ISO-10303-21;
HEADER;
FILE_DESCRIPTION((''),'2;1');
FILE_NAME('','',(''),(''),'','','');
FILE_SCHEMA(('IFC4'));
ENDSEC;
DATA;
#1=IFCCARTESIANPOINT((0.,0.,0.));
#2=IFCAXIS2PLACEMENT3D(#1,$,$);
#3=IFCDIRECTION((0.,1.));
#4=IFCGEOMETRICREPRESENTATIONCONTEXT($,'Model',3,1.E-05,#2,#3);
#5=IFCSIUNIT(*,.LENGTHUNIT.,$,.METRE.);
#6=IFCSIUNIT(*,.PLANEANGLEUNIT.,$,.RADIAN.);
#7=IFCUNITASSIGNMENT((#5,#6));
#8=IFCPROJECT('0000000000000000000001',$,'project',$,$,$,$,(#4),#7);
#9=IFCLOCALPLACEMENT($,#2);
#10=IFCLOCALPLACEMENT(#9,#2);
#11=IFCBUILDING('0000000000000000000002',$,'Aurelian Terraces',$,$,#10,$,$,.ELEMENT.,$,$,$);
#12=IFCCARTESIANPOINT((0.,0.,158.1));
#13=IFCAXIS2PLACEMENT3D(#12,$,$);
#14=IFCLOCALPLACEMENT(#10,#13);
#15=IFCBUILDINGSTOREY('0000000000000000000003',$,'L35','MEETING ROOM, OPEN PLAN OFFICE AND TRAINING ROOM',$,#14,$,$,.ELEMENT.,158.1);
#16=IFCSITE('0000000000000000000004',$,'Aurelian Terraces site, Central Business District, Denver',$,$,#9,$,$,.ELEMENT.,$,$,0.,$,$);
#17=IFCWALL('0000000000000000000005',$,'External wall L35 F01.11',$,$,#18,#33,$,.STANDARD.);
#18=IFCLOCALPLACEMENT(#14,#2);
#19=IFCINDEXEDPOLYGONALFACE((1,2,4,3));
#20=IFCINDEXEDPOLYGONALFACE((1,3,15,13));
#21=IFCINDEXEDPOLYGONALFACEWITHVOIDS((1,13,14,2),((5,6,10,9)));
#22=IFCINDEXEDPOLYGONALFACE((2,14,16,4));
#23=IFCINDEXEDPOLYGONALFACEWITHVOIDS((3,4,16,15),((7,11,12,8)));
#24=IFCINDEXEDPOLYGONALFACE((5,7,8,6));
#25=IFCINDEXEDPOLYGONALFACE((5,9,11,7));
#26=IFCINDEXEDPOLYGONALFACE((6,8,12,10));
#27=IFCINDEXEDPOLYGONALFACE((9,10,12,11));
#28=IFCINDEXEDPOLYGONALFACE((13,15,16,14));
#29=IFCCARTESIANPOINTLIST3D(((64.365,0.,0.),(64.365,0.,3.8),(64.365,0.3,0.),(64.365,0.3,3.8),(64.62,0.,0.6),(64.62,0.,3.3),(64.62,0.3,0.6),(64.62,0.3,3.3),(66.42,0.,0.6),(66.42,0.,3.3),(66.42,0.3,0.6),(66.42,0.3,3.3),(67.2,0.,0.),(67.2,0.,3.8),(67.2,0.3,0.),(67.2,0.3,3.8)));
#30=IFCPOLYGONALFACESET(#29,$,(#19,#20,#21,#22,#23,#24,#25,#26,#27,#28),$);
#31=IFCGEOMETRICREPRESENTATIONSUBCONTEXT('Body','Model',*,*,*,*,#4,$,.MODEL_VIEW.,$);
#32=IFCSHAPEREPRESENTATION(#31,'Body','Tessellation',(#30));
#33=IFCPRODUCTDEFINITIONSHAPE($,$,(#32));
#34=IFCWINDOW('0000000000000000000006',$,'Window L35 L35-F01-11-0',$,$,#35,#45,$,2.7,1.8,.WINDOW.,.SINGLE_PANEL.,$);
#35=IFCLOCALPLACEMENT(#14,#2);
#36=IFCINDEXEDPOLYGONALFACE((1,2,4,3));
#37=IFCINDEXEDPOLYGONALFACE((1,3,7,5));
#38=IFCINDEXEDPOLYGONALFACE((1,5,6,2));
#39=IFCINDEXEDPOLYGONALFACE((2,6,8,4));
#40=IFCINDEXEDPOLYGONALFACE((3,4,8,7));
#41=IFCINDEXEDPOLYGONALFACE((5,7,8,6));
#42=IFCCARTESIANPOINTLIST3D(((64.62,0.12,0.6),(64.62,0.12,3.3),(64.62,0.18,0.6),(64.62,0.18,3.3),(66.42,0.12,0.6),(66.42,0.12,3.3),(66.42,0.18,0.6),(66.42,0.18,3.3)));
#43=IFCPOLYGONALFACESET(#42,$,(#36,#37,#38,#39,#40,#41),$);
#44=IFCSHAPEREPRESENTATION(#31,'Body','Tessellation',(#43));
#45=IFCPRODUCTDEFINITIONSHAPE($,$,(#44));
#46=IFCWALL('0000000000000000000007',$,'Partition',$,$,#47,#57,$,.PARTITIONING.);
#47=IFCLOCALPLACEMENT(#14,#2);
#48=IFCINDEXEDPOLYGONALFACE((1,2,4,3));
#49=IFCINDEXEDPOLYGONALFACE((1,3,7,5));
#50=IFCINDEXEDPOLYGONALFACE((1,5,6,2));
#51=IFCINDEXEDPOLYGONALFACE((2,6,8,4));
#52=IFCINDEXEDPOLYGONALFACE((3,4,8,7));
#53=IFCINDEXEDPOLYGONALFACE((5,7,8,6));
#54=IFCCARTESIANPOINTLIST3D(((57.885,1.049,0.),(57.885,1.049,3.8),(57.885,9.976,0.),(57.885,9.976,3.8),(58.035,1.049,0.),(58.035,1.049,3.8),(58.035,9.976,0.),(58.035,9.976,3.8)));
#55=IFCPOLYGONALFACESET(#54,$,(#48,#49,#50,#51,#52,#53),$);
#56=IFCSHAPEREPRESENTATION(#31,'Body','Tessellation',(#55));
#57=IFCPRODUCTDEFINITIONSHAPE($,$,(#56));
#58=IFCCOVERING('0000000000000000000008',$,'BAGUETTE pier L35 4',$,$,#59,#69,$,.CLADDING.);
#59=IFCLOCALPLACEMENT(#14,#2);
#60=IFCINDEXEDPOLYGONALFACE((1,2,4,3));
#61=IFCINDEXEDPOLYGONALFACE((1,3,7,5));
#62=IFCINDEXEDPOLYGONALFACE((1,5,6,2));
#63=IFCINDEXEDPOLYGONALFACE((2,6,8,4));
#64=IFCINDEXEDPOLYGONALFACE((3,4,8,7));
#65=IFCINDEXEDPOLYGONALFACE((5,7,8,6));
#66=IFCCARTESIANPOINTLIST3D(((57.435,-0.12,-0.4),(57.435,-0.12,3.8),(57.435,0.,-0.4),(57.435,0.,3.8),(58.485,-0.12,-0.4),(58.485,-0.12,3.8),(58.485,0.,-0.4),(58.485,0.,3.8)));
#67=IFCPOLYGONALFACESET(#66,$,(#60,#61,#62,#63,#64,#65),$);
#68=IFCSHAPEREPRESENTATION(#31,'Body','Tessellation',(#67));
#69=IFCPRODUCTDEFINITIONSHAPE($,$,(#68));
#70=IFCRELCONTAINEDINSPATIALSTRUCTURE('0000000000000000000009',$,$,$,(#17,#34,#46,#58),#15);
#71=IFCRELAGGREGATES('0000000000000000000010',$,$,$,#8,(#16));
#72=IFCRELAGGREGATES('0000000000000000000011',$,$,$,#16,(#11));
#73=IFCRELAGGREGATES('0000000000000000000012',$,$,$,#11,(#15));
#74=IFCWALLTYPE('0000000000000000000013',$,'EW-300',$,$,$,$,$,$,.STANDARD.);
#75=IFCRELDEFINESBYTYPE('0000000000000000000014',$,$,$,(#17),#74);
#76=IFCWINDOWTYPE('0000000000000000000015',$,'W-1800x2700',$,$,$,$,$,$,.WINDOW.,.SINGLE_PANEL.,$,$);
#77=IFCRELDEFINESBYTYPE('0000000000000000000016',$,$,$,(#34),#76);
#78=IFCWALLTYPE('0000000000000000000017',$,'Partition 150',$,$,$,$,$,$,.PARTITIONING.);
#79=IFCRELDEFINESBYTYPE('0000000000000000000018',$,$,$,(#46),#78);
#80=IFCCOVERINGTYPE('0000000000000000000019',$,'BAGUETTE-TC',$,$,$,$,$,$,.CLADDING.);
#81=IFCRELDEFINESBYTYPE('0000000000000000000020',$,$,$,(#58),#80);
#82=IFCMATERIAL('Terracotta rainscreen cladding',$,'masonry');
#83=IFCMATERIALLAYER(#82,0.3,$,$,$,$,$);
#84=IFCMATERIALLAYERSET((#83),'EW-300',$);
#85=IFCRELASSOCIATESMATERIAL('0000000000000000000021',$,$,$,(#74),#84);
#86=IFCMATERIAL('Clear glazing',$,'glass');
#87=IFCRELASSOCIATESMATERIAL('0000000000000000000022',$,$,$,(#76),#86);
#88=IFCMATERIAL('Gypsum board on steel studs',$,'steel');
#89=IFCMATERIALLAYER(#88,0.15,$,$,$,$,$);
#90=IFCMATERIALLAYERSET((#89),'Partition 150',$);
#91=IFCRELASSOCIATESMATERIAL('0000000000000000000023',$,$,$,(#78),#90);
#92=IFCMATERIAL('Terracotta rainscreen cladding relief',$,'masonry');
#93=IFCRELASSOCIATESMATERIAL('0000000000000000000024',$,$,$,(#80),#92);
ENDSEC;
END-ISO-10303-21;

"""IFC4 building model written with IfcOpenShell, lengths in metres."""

from ifc_helpers import new_model, si_unit, direction, frame, frame_2d, origin, origin_2d, place, context, subcontext, project, spatial, rectangle, extrude, source, transform, mapped, material, layer, layer_set, type_object, element, fill, save


model = new_model("IFC4")

# Units and contexts
model_context = context("Model", 3, precision=1e-05, world=origin(), true_north=direction((0.0, 1.0)))
body_context = subcontext(model_context, "Body", "Model", "MODEL_VIEW")
ifc_project = project(units=[si_unit("LENGTHUNIT", "METRE"), si_unit("PLANEANGLEUNIT", "RADIAN")], contexts=[model_context])

# Site, building, storey
site_placement = place(None, origin())
site = spatial("IfcSite", under=ifc_project, at=site_placement, Name="Aurelian Terraces site, Central Business District, Denver", CompositionType="ELEMENT", RefElevation=0.0)
building_placement = place(site_placement, origin())
building = spatial("IfcBuilding", under=site, at=building_placement, Name="Aurelian Terraces", CompositionType="ELEMENT")
storey_placement = place(building_placement, frame((0.0, 0.0, 158.1)))
storey = spatial("IfcBuildingStorey", under=building, at=storey_placement, Name="L35", Description="MEETING ROOM, OPEN PLAN OFFICE AND TRAINING ROOM", CompositionType="ELEMENT", Elevation=158.1)

# Shared definitions
ifc_material_1 = material(Name="Terracotta rainscreen cladding", Category="masonry")
ifc_layer_1 = layer(ifc_material_1, 0.3)
ifc_layer_set_1 = layer_set([ifc_layer_1], Name="EW-300")
wall_type_1 = type_object("IfcWallType", Name="EW-300", PredefinedType="STANDARD", material=ifc_layer_set_1)
ifc_material_2 = material(Name="Clear glazing", Category="glass")

# Shared definitions
shared_shape_1 = source(origin(), body_context, "Body", "SweptSolid", [
    extrude(rectangle(XDim=1.8, YDim=2.7, at=frame_2d((0.9, 1.35))), frame((0.0, 0.16, 0.0), z_axis=(0.0, -1.0, 0.0), x_axis=(1.0, 0.0, 0.0)), (0.0, 0.0, 1.0), 0.32),
])
window_type_1 = type_object("IfcWindowType", Name="W-1800x2700", PartitioningType="SINGLE_PANEL", PredefinedType="WINDOW", material=ifc_material_2)
shared_shape_2 = source(origin(), body_context, "Body", "SweptSolid", [
    extrude(rectangle(XDim=1.8, YDim=2.7, at=frame_2d((0.9, 1.35))), frame((0.0, 0.03, 0.0), z_axis=(0.0, -1.0, 0.0), x_axis=(1.0, 0.0, 0.0)), (0.0, 0.0, 1.0), 0.06),
])

# Wall, opening, window
shared_shape_3 = source(origin(), body_context, "Body", "SweptSolid", [
    extrude(rectangle(XDim=2.835, YDim=0.3, at=frame_2d((1.4175, 0.0))), origin(), (0.0, 0.0, 1.0), 3.8),
])
wall_1_placement = place(storey_placement, frame((64.365, 0.15, 0.0), z_axis=(0.0, 0.0, 1.0), x_axis=(1.0, 0.0, 0.0)))
wall_1 = element("IfcWall", 1, at=wall_1_placement, inside=storey, type_object=wall_type_1, Name="External wall L35 F01.11", PredefinedType="STANDARD", context=body_context, shape_type="MappedRepresentation", body=[
    mapped(shared_shape_3, transform((0.0, 0.0, 0.0), scale=1.0)),
])
opening_1_placement = place(wall_1_placement, frame((0.255, 0.0, 0.6)))
opening_1 = element("IfcOpeningElement", 2, at=opening_1_placement, cuts=wall_1, PredefinedType="OPENING", context=body_context, shape_type="MappedRepresentation", body=[
    mapped(shared_shape_1, transform((0.0, 0.0, 0.0), scale=1.0)),
])
window_1_placement = place(opening_1_placement, origin())
window_1 = element("IfcWindow", 3, at=window_1_placement, inside=storey, type_object=window_type_1, Name="Window L35 L35-F01-11-0", OverallHeight=2.7, OverallWidth=1.8, PartitioningType="SINGLE_PANEL", PredefinedType="WINDOW", context=body_context, shape_type="MappedRepresentation", body=[
    mapped(shared_shape_2, transform((0.0, 0.0, 0.0), scale=1.0)),
])
fill(opening_1, window_1)

# Wall
ifc_material_3 = material(Name="Gypsum board on steel studs", Category="steel")
ifc_layer_2 = layer(ifc_material_3, 0.15)
ifc_layer_set_2 = layer_set([ifc_layer_2], Name="Partition 150")
wall_type_2 = type_object("IfcWallType", Name="Partition 150", PredefinedType="PARTITIONING", material=ifc_layer_set_2)
shared_shape_4 = source(origin(), body_context, "Body", "SweptSolid", [
    extrude(rectangle(XDim=8.927, YDim=0.15, at=frame_2d((4.4635, 0.0))), origin(), (0.0, 0.0, 1.0), 3.8),
])
wall_2_placement = place(storey_placement, frame((57.96, 1.049, 0.0), z_axis=(0.0, 0.0, 1.0), x_axis=(0.0, 1.0, 0.0)))
element("IfcWall", 4, at=wall_2_placement, inside=storey, type_object=wall_type_2, Name="Partition", PredefinedType="PARTITIONING", context=body_context, shape_type="MappedRepresentation", body=[
    mapped(shared_shape_4, transform((0.0, 0.0, 0.0), scale=1.0)),
])

# Covering
ifc_material_4 = material(Name="Terracotta rainscreen cladding relief", Category="masonry")
covering_type = type_object("IfcCoveringType", Name="BAGUETTE-TC", PredefinedType="CLADDING", material=ifc_material_4)
shared_shape_5 = source(origin(), body_context, "Body", "SweptSolid", [
    extrude(rectangle(XDim=1.05, YDim=0.12, at=origin_2d()), origin(), (0.0, 0.0, 1.0), 4.2),
])
covering_placement = place(storey_placement, frame((57.96, -0.06, -0.4), z_axis=(0.0, 0.0, 1.0), x_axis=(1.0, 0.0, 0.0)))
element("IfcCovering", 5, at=covering_placement, inside=storey, type_object=covering_type, Name="BAGUETTE pier L35 4", PredefinedType="CLADDING", context=body_context, shape_type="MappedRepresentation", body=[
    mapped(shared_shape_5, transform((0.0, 0.0, 0.0), scale=1.0)),
])

save(model, "model.ifc")
